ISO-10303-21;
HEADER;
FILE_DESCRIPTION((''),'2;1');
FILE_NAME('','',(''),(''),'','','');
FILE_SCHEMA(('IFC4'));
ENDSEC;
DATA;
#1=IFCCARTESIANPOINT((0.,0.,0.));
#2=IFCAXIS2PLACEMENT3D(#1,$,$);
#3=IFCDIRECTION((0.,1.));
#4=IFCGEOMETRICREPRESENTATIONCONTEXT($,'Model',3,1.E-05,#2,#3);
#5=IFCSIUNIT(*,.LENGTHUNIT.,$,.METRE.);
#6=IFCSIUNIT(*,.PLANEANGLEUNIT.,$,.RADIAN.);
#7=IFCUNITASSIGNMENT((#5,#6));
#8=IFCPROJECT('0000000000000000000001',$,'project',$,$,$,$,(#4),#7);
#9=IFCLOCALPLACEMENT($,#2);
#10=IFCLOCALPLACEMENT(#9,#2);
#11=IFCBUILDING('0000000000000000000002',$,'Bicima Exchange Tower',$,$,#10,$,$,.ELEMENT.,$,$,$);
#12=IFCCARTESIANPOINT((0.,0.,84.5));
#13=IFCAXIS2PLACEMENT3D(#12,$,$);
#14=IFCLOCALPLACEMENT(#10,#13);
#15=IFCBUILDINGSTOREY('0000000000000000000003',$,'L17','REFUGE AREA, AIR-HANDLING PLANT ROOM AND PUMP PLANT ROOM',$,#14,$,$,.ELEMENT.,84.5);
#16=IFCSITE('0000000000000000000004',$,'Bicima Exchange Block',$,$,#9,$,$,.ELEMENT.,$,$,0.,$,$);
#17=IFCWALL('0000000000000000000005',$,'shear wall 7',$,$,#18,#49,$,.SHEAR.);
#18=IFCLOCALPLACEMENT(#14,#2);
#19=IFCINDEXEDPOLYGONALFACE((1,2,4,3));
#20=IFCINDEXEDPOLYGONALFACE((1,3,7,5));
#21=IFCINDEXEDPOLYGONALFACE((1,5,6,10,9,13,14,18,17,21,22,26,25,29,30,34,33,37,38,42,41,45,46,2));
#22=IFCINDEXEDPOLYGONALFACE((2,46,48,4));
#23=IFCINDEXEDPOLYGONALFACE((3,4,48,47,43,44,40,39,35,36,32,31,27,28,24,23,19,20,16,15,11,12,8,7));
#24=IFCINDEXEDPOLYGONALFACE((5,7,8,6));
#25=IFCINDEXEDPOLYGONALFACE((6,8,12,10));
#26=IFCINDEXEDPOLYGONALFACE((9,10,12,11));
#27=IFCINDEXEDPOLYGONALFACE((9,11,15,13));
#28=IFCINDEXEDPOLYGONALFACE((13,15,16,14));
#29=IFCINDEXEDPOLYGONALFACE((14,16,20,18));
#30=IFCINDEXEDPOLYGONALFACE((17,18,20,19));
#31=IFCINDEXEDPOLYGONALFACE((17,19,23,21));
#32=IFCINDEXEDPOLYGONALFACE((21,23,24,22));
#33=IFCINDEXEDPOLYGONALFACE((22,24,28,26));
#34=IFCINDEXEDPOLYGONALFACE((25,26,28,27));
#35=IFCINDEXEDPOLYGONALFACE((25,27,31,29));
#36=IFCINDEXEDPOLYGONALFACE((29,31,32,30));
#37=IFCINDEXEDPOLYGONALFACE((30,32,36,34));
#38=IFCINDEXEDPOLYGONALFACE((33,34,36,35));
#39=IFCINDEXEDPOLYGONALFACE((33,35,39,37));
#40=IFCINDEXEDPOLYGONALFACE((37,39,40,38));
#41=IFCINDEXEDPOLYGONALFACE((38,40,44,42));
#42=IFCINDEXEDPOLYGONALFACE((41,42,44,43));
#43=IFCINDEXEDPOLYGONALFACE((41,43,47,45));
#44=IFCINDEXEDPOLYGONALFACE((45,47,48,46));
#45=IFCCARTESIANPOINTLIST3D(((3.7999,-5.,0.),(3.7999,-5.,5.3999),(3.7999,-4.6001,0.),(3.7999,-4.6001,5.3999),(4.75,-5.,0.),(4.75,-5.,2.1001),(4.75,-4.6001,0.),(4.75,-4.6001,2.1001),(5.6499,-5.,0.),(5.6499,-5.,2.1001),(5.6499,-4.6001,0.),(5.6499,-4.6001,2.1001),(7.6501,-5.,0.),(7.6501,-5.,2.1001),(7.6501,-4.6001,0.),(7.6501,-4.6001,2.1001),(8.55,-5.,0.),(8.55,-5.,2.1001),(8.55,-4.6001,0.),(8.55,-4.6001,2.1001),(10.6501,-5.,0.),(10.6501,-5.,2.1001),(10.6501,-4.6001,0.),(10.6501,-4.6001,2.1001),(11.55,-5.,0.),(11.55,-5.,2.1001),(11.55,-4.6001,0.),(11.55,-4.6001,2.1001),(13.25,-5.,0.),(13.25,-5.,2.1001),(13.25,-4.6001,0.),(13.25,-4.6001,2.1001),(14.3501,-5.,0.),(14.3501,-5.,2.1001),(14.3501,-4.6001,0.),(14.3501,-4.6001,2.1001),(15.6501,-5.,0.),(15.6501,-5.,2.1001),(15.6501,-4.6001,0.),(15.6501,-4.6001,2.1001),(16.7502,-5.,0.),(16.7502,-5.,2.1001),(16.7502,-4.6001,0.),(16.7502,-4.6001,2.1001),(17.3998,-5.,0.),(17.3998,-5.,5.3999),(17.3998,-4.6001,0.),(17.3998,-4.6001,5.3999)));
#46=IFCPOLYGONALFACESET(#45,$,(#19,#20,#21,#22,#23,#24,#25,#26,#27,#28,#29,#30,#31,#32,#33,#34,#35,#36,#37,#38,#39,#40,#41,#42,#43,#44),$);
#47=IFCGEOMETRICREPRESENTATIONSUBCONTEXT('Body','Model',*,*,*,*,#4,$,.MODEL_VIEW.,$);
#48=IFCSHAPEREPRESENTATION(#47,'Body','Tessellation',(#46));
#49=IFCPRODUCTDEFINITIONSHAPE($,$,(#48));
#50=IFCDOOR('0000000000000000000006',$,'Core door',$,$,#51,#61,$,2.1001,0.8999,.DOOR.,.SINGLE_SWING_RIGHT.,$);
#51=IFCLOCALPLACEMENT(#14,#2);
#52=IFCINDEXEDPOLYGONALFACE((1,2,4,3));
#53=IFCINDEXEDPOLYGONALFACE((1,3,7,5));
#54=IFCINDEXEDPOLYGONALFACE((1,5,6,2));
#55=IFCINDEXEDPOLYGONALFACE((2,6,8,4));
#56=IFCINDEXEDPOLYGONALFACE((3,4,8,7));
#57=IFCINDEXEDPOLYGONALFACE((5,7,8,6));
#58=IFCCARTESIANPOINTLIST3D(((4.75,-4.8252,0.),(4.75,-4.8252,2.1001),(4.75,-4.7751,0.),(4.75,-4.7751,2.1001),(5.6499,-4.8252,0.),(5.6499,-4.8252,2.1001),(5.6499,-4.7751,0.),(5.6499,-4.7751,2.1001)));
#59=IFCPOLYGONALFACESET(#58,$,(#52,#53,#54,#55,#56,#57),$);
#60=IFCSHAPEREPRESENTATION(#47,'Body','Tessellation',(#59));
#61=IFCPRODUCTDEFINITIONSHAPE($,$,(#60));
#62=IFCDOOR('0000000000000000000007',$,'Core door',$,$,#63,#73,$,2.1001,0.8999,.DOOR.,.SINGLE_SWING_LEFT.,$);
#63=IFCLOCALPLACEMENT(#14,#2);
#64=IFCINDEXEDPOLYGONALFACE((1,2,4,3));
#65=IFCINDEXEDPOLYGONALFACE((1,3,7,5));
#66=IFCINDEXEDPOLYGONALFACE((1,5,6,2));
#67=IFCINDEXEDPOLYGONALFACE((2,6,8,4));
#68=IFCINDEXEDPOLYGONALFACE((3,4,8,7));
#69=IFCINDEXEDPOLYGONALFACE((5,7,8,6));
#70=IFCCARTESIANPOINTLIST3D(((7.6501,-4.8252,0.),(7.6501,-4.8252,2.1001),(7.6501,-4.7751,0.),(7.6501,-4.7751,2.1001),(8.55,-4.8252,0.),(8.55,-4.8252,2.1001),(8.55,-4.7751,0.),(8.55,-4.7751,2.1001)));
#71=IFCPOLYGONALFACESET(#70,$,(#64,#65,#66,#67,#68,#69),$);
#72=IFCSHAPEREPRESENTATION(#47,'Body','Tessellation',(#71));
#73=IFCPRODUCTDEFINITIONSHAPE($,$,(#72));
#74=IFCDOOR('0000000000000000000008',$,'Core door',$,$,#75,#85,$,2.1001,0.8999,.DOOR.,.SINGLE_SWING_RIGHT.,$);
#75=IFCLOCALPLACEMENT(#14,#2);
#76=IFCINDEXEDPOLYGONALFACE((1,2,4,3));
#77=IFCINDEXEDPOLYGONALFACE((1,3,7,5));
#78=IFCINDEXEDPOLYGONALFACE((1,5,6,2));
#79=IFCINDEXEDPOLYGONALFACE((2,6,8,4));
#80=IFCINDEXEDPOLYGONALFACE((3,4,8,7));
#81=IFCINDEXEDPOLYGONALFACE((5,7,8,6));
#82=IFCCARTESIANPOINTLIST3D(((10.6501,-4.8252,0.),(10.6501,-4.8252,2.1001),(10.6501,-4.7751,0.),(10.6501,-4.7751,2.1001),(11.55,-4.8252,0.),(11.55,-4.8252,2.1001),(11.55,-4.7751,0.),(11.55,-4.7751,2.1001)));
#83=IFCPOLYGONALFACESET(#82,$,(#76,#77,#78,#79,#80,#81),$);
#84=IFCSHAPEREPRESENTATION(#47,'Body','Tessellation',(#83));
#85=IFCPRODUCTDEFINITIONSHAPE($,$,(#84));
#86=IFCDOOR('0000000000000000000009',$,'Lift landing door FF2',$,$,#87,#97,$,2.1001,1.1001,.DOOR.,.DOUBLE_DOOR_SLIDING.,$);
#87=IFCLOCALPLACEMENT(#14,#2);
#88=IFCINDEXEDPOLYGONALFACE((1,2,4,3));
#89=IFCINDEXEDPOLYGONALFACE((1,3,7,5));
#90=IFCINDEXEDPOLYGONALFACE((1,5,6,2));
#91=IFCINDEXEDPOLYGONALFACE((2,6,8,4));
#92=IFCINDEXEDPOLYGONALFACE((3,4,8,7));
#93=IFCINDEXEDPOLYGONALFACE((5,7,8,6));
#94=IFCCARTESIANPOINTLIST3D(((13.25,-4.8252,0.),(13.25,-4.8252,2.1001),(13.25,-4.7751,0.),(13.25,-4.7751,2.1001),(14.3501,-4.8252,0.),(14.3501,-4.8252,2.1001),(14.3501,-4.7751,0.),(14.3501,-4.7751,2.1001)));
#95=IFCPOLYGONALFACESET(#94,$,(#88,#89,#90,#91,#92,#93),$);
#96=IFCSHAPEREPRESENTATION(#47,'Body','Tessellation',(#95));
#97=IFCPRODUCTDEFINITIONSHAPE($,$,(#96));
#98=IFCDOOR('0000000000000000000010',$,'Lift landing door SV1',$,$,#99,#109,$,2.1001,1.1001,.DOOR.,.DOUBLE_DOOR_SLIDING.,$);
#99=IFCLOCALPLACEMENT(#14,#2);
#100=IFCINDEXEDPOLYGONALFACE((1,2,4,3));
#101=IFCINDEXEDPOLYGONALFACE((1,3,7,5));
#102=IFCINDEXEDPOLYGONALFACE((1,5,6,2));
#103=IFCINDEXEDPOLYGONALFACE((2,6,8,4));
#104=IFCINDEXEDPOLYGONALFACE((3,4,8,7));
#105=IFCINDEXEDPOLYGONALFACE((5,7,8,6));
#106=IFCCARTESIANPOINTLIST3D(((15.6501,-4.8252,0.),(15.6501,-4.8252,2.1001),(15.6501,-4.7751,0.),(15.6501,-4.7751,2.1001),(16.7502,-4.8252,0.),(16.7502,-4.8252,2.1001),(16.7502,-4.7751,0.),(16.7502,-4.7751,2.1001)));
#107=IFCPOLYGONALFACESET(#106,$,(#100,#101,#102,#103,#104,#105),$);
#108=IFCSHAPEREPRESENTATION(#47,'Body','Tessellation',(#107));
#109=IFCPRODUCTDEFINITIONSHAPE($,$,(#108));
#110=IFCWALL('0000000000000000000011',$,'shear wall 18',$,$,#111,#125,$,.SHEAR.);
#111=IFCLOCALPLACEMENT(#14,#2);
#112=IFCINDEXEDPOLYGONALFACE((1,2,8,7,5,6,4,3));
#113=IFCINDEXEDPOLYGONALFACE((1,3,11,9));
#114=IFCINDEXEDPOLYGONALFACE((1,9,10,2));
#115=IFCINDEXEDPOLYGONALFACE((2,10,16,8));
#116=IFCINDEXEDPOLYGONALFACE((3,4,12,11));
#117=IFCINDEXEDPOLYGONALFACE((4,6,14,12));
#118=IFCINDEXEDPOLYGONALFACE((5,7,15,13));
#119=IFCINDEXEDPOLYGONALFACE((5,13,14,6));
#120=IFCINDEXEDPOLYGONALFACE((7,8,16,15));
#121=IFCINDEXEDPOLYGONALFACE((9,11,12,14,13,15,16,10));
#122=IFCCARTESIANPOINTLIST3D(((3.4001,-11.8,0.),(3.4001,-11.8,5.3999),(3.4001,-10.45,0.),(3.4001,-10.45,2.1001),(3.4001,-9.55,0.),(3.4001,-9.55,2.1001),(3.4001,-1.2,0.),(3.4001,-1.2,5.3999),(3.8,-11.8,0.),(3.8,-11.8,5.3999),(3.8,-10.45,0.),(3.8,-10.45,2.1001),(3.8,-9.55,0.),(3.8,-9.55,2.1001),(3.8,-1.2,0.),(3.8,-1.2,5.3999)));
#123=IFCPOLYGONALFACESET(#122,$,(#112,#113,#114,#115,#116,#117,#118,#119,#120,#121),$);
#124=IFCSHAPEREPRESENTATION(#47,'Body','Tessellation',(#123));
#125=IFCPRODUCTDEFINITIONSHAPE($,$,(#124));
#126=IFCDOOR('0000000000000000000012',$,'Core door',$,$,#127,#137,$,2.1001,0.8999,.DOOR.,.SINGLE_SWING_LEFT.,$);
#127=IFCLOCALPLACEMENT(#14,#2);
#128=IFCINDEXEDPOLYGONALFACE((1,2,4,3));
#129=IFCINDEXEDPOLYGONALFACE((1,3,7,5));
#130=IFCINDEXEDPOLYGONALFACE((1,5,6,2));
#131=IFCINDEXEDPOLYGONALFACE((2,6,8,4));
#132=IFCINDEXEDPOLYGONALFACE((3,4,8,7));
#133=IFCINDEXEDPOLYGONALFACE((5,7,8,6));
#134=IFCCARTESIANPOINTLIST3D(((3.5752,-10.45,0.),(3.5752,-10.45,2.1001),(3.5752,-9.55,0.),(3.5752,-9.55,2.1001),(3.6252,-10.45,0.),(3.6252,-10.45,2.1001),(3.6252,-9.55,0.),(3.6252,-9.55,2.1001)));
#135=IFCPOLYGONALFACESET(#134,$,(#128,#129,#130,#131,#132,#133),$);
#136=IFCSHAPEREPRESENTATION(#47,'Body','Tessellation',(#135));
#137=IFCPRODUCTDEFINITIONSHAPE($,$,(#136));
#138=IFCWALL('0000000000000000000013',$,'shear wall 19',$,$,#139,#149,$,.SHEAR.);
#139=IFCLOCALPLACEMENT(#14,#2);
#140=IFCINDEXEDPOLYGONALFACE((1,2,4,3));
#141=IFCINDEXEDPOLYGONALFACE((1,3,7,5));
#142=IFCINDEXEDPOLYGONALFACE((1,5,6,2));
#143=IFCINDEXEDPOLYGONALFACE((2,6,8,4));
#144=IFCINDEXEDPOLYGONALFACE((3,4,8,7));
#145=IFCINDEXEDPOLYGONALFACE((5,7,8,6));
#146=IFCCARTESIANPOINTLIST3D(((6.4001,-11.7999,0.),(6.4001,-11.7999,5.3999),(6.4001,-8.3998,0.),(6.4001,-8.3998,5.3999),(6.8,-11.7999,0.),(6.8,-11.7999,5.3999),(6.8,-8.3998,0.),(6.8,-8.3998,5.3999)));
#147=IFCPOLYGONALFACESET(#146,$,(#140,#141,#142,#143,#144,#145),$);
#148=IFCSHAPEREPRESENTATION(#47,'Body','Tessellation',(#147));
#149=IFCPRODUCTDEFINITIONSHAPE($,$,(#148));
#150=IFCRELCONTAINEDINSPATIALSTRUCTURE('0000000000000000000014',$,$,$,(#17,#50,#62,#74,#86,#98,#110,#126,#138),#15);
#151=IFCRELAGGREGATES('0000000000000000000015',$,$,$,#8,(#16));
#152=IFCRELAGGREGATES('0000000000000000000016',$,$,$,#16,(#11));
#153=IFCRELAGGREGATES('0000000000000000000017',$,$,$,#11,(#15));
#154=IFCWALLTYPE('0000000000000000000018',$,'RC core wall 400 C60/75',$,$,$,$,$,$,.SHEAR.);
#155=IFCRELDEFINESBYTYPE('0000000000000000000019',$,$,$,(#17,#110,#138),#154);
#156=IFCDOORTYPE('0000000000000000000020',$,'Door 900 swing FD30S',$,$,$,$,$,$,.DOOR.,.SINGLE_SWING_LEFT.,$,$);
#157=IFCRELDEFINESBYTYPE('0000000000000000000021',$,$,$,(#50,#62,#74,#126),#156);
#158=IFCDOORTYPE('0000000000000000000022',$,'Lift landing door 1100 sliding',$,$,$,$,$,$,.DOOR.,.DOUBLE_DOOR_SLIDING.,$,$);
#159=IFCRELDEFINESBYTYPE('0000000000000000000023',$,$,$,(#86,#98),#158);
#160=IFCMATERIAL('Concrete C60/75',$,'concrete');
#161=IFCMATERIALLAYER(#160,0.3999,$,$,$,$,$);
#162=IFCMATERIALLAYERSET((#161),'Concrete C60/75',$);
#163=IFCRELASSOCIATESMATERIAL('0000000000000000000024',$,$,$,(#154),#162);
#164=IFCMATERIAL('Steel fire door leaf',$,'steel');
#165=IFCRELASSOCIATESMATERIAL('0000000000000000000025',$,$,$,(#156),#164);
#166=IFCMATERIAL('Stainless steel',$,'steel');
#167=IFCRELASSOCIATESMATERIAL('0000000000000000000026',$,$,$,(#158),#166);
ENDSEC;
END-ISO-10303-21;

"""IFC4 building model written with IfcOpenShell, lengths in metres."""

from ifc_helpers import new_model, si_unit, direction, frame, frame_2d, origin, place, context, subcontext, project, spatial, rectangle, extrude, material, layer, layer_set, type_object, element, fill, save


model = new_model("IFC4")

# Units and contexts
model_context = context("Model", 3, precision=1e-05, world=origin(), true_north=direction((0.0, 1.0)))
body_context = subcontext(model_context, "Body", "Model", "MODEL_VIEW")
ifc_project = project(units=[si_unit("LENGTHUNIT", "METRE"), si_unit("PLANEANGLEUNIT", "RADIAN")], contexts=[model_context])

# Site, building, storey
site_placement = place(None, origin())
site = spatial("IfcSite", under=ifc_project, at=site_placement, Name="Bicima Exchange Block", CompositionType="ELEMENT", RefElevation=0.0)
building_placement = place(site_placement, origin())
building = spatial("IfcBuilding", under=site, at=building_placement, Name="Bicima Exchange Tower", CompositionType="ELEMENT")
storey_placement = place(building_placement, frame((0.0, 0.0, 84.5)))
storey = spatial("IfcBuildingStorey", under=building, at=storey_placement, Name="L17", Description="REFUGE AREA, AIR-HANDLING PLANT ROOM AND PUMP PLANT ROOM", CompositionType="ELEMENT", Elevation=84.5)

# Shared definitions
ifc_material_1 = material(Name="Concrete C60/75", Category="concrete")
ifc_layer_1 = layer(ifc_material_1, 0.3999)
ifc_layer_set_1 = layer_set([ifc_layer_1], Name="Concrete C60/75")
wall_type_1 = type_object("IfcWallType", Name="RC core wall 400 C60/75", PredefinedType="SHEAR", material=ifc_layer_set_1)
ifc_material_2 = material(Name="Steel fire door leaf", Category="steel")
door_type_1 = type_object("IfcDoorType", Name="Door 900 swing FD30S", OperationType="SINGLE_SWING_LEFT", PredefinedType="DOOR", material=ifc_material_2)

# Wall, openings, doors
wall_1_placement = place(storey_placement, frame((3.8, -4.8, 0.0), z_axis=(0.0, 0.0, 1.0), x_axis=(1.0, 0.0, 0.0)))
wall_1 = element("IfcWall", 1, at=wall_1_placement, inside=storey, type_object=wall_type_1, Name="shear wall 7", PredefinedType="SHEAR", context=body_context, shape_type="SweptSolid", body=[
    extrude(rectangle(XDim=13.5999, YDim=0.3999, at=frame_2d((6.7998, 0.0))), origin(), (0.0, 0.0, 1.0), 5.3999),
])
opening_1_placement = place(wall_1_placement, frame((9.45, 0.0, 0.0)))
opening_1 = element("IfcOpeningElement", 2, at=opening_1_placement, cuts=wall_1, PredefinedType="OPENING", context=body_context, shape_type="SweptSolid", body=[
    extrude(rectangle(XDim=1.1001, YDim=2.1001, at=frame_2d((0.55, 1.05))), frame((0.0, 0.2119, 0.0), z_axis=(0.0, -1.0, 0.0), x_axis=(1.0, 0.0, 0.0)), (0.0, 0.0, 1.0), 0.4238),
])
opening_2_placement = place(wall_1_placement, frame((11.8501, 0.0, 0.0)))
opening_2 = element("IfcOpeningElement", 3, at=opening_2_placement, cuts=wall_1, PredefinedType="OPENING", context=body_context, shape_type="SweptSolid", body=[
    extrude(rectangle(XDim=1.1001, YDim=2.1001, at=frame_2d((0.55, 1.05))), frame((0.0, 0.2119, 0.0), z_axis=(0.0, -1.0, 0.0), x_axis=(1.0, 0.0, 0.0)), (0.0, 0.0, 1.0), 0.4238),
])
opening_3_placement = place(wall_1_placement, frame((0.95, 0.0, 0.0)))
opening_3 = element("IfcOpeningElement", 4, at=opening_3_placement, cuts=wall_1, PredefinedType="OPENING", context=body_context, shape_type="SweptSolid", body=[
    extrude(rectangle(XDim=0.8999, YDim=2.1001, at=frame_2d((0.45, 1.05))), frame((0.0, 0.2119, 0.0), z_axis=(0.0, -1.0, 0.0), x_axis=(1.0, 0.0, 0.0)), (0.0, 0.0, 1.0), 0.4238),
])
opening_4_placement = place(wall_1_placement, frame((3.8501, 0.0, 0.0)))
opening_4 = element("IfcOpeningElement", 5, at=opening_4_placement, cuts=wall_1, PredefinedType="OPENING", context=body_context, shape_type="SweptSolid", body=[
    extrude(rectangle(XDim=0.8999, YDim=2.1001, at=frame_2d((0.45, 1.05))), frame((0.0, 0.2119, 0.0), z_axis=(0.0, -1.0, 0.0), x_axis=(1.0, 0.0, 0.0)), (0.0, 0.0, 1.0), 0.4238),
])
opening_5_placement = place(wall_1_placement, frame((6.8501, 0.0, 0.0)))
opening_5 = element("IfcOpeningElement", 6, at=opening_5_placement, cuts=wall_1, PredefinedType="OPENING", context=body_context, shape_type="SweptSolid", body=[
    extrude(rectangle(XDim=0.8999, YDim=2.1001, at=frame_2d((0.45, 1.05))), frame((0.0, 0.2119, 0.0), z_axis=(0.0, -1.0, 0.0), x_axis=(1.0, 0.0, 0.0)), (0.0, 0.0, 1.0), 0.4238),
])
door_1_placement = place(opening_3_placement, origin())
door_1 = element("IfcDoor", 7, at=door_1_placement, inside=storey, type_object=door_type_1, Name="Core door", OperationType="SINGLE_SWING_RIGHT", OverallHeight=2.1001, OverallWidth=0.8999, PredefinedType="DOOR", context=body_context, shape_type="SweptSolid", body=[
    extrude(rectangle(XDim=0.8999, YDim=2.1001, at=frame_2d((0.45, 1.05))), frame((0.0, 0.0249, 0.0), z_axis=(0.0, -1.0, 0.0), x_axis=(1.0, 0.0, 0.0)), (0.0, 0.0, 1.0), 0.05),
])
fill(opening_3, door_1)
door_2_placement = place(opening_4_placement, origin())
door_2 = element("IfcDoor", 8, at=door_2_placement, inside=storey, type_object=door_type_1, Name="Core door", OperationType="SINGLE_SWING_LEFT", OverallHeight=2.1001, OverallWidth=0.8999, PredefinedType="DOOR", context=body_context, shape_type="SweptSolid", body=[
    extrude(rectangle(XDim=0.8999, YDim=2.1001, at=frame_2d((0.45, 1.05))), frame((0.0, 0.0249, 0.0), z_axis=(0.0, -1.0, 0.0), x_axis=(1.0, 0.0, 0.0)), (0.0, 0.0, 1.0), 0.05),
])
fill(opening_4, door_2)
door_3_placement = place(opening_5_placement, origin())
door_3 = element("IfcDoor", 9, at=door_3_placement, inside=storey, type_object=door_type_1, Name="Core door", OperationType="SINGLE_SWING_RIGHT", OverallHeight=2.1001, OverallWidth=0.8999, PredefinedType="DOOR", context=body_context, shape_type="SweptSolid", body=[
    extrude(rectangle(XDim=0.8999, YDim=2.1001, at=frame_2d((0.45, 1.05))), frame((0.0, 0.0249, 0.0), z_axis=(0.0, -1.0, 0.0), x_axis=(1.0, 0.0, 0.0)), (0.0, 0.0, 1.0), 0.05),
])
fill(opening_5, door_3)
ifc_material_3 = material(Name="Stainless steel", Category="steel")
door_type_2 = type_object("IfcDoorType", Name="Lift landing door 1100 sliding", OperationType="DOUBLE_DOOR_SLIDING", PredefinedType="DOOR", material=ifc_material_3)
door_4_placement = place(opening_1_placement, origin())
door_4 = element("IfcDoor", 10, at=door_4_placement, inside=storey, type_object=door_type_2, Name="Lift landing door FF2", OperationType="DOUBLE_DOOR_SLIDING", OverallHeight=2.1001, OverallWidth=1.1001, PredefinedType="DOOR", context=body_context, shape_type="SweptSolid", body=[
    extrude(rectangle(XDim=1.1001, YDim=2.1001, at=frame_2d((0.55, 1.05))), frame((0.0, 0.0249, 0.0), z_axis=(0.0, -1.0, 0.0), x_axis=(1.0, 0.0, 0.0)), (0.0, 0.0, 1.0), 0.05),
])
fill(opening_1, door_4)
door_5_placement = place(opening_2_placement, origin())
door_5 = element("IfcDoor", 11, at=door_5_placement, inside=storey, type_object=door_type_2, Name="Lift landing door SV1", OperationType="DOUBLE_DOOR_SLIDING", OverallHeight=2.1001, OverallWidth=1.1001, PredefinedType="DOOR", context=body_context, shape_type="SweptSolid", body=[
    extrude(rectangle(XDim=1.1001, YDim=2.1001, at=frame_2d((0.55, 1.05))), frame((0.0, 0.0249, 0.0), z_axis=(0.0, -1.0, 0.0), x_axis=(1.0, 0.0, 0.0)), (0.0, 0.0, 1.0), 0.05),
])
fill(opening_2, door_5)

# Wall, opening, door
wall_2_placement = place(storey_placement, frame((3.6001, -11.8, 0.0), z_axis=(0.0, 0.0, 1.0), x_axis=(0.0, 1.0, 0.0)))
wall_2 = element("IfcWall", 12, at=wall_2_placement, inside=storey, type_object=wall_type_1, Name="shear wall 18", PredefinedType="SHEAR", context=body_context, shape_type="SweptSolid", body=[
    extrude(rectangle(XDim=10.6001, YDim=0.3999, at=frame_2d((5.3, 0.0))), origin(), (0.0, 0.0, 1.0), 5.3999),
])
opening_6_placement = place(wall_2_placement, frame((1.3501, 0.0, 0.0)))
opening_6 = element("IfcOpeningElement", 13, at=opening_6_placement, cuts=wall_2, PredefinedType="OPENING", context=body_context, shape_type="SweptSolid", body=[
    extrude(rectangle(XDim=0.8999, YDim=2.1001, at=frame_2d((0.45, 1.05))), frame((0.0, 0.2119, 0.0), z_axis=(0.0, -1.0, 0.0), x_axis=(1.0, 0.0, 0.0)), (0.0, 0.0, 1.0), 0.4238),
])
door_6_placement = place(opening_6_placement, origin())
door_6 = element("IfcDoor", 14, at=door_6_placement, inside=storey, type_object=door_type_1, Name="Core door", OperationType="SINGLE_SWING_LEFT", OverallHeight=2.1001, OverallWidth=0.8999, PredefinedType="DOOR", context=body_context, shape_type="SweptSolid", body=[
    extrude(rectangle(XDim=0.8999, YDim=2.1001, at=frame_2d((0.45, 1.05))), frame((0.0, 0.0249, 0.0), z_axis=(0.0, -1.0, 0.0), x_axis=(1.0, 0.0, 0.0)), (0.0, 0.0, 1.0), 0.05),
])
fill(opening_6, door_6)

# Wall
wall_3_placement = place(storey_placement, frame((6.6001, -11.8, 0.0), z_axis=(0.0, 0.0, 1.0), x_axis=(0.0, 1.0, 0.0)))
element("IfcWall", 15, at=wall_3_placement, inside=storey, type_object=wall_type_1, Name="shear wall 19", PredefinedType="SHEAR", context=body_context, shape_type="SweptSolid", body=[
    extrude(rectangle(XDim=3.4001, YDim=0.3999, at=frame_2d((1.7002, 0.0))), origin(), (0.0, 0.0, 1.0), 5.3999),
])

save(model, "model.ifc")
